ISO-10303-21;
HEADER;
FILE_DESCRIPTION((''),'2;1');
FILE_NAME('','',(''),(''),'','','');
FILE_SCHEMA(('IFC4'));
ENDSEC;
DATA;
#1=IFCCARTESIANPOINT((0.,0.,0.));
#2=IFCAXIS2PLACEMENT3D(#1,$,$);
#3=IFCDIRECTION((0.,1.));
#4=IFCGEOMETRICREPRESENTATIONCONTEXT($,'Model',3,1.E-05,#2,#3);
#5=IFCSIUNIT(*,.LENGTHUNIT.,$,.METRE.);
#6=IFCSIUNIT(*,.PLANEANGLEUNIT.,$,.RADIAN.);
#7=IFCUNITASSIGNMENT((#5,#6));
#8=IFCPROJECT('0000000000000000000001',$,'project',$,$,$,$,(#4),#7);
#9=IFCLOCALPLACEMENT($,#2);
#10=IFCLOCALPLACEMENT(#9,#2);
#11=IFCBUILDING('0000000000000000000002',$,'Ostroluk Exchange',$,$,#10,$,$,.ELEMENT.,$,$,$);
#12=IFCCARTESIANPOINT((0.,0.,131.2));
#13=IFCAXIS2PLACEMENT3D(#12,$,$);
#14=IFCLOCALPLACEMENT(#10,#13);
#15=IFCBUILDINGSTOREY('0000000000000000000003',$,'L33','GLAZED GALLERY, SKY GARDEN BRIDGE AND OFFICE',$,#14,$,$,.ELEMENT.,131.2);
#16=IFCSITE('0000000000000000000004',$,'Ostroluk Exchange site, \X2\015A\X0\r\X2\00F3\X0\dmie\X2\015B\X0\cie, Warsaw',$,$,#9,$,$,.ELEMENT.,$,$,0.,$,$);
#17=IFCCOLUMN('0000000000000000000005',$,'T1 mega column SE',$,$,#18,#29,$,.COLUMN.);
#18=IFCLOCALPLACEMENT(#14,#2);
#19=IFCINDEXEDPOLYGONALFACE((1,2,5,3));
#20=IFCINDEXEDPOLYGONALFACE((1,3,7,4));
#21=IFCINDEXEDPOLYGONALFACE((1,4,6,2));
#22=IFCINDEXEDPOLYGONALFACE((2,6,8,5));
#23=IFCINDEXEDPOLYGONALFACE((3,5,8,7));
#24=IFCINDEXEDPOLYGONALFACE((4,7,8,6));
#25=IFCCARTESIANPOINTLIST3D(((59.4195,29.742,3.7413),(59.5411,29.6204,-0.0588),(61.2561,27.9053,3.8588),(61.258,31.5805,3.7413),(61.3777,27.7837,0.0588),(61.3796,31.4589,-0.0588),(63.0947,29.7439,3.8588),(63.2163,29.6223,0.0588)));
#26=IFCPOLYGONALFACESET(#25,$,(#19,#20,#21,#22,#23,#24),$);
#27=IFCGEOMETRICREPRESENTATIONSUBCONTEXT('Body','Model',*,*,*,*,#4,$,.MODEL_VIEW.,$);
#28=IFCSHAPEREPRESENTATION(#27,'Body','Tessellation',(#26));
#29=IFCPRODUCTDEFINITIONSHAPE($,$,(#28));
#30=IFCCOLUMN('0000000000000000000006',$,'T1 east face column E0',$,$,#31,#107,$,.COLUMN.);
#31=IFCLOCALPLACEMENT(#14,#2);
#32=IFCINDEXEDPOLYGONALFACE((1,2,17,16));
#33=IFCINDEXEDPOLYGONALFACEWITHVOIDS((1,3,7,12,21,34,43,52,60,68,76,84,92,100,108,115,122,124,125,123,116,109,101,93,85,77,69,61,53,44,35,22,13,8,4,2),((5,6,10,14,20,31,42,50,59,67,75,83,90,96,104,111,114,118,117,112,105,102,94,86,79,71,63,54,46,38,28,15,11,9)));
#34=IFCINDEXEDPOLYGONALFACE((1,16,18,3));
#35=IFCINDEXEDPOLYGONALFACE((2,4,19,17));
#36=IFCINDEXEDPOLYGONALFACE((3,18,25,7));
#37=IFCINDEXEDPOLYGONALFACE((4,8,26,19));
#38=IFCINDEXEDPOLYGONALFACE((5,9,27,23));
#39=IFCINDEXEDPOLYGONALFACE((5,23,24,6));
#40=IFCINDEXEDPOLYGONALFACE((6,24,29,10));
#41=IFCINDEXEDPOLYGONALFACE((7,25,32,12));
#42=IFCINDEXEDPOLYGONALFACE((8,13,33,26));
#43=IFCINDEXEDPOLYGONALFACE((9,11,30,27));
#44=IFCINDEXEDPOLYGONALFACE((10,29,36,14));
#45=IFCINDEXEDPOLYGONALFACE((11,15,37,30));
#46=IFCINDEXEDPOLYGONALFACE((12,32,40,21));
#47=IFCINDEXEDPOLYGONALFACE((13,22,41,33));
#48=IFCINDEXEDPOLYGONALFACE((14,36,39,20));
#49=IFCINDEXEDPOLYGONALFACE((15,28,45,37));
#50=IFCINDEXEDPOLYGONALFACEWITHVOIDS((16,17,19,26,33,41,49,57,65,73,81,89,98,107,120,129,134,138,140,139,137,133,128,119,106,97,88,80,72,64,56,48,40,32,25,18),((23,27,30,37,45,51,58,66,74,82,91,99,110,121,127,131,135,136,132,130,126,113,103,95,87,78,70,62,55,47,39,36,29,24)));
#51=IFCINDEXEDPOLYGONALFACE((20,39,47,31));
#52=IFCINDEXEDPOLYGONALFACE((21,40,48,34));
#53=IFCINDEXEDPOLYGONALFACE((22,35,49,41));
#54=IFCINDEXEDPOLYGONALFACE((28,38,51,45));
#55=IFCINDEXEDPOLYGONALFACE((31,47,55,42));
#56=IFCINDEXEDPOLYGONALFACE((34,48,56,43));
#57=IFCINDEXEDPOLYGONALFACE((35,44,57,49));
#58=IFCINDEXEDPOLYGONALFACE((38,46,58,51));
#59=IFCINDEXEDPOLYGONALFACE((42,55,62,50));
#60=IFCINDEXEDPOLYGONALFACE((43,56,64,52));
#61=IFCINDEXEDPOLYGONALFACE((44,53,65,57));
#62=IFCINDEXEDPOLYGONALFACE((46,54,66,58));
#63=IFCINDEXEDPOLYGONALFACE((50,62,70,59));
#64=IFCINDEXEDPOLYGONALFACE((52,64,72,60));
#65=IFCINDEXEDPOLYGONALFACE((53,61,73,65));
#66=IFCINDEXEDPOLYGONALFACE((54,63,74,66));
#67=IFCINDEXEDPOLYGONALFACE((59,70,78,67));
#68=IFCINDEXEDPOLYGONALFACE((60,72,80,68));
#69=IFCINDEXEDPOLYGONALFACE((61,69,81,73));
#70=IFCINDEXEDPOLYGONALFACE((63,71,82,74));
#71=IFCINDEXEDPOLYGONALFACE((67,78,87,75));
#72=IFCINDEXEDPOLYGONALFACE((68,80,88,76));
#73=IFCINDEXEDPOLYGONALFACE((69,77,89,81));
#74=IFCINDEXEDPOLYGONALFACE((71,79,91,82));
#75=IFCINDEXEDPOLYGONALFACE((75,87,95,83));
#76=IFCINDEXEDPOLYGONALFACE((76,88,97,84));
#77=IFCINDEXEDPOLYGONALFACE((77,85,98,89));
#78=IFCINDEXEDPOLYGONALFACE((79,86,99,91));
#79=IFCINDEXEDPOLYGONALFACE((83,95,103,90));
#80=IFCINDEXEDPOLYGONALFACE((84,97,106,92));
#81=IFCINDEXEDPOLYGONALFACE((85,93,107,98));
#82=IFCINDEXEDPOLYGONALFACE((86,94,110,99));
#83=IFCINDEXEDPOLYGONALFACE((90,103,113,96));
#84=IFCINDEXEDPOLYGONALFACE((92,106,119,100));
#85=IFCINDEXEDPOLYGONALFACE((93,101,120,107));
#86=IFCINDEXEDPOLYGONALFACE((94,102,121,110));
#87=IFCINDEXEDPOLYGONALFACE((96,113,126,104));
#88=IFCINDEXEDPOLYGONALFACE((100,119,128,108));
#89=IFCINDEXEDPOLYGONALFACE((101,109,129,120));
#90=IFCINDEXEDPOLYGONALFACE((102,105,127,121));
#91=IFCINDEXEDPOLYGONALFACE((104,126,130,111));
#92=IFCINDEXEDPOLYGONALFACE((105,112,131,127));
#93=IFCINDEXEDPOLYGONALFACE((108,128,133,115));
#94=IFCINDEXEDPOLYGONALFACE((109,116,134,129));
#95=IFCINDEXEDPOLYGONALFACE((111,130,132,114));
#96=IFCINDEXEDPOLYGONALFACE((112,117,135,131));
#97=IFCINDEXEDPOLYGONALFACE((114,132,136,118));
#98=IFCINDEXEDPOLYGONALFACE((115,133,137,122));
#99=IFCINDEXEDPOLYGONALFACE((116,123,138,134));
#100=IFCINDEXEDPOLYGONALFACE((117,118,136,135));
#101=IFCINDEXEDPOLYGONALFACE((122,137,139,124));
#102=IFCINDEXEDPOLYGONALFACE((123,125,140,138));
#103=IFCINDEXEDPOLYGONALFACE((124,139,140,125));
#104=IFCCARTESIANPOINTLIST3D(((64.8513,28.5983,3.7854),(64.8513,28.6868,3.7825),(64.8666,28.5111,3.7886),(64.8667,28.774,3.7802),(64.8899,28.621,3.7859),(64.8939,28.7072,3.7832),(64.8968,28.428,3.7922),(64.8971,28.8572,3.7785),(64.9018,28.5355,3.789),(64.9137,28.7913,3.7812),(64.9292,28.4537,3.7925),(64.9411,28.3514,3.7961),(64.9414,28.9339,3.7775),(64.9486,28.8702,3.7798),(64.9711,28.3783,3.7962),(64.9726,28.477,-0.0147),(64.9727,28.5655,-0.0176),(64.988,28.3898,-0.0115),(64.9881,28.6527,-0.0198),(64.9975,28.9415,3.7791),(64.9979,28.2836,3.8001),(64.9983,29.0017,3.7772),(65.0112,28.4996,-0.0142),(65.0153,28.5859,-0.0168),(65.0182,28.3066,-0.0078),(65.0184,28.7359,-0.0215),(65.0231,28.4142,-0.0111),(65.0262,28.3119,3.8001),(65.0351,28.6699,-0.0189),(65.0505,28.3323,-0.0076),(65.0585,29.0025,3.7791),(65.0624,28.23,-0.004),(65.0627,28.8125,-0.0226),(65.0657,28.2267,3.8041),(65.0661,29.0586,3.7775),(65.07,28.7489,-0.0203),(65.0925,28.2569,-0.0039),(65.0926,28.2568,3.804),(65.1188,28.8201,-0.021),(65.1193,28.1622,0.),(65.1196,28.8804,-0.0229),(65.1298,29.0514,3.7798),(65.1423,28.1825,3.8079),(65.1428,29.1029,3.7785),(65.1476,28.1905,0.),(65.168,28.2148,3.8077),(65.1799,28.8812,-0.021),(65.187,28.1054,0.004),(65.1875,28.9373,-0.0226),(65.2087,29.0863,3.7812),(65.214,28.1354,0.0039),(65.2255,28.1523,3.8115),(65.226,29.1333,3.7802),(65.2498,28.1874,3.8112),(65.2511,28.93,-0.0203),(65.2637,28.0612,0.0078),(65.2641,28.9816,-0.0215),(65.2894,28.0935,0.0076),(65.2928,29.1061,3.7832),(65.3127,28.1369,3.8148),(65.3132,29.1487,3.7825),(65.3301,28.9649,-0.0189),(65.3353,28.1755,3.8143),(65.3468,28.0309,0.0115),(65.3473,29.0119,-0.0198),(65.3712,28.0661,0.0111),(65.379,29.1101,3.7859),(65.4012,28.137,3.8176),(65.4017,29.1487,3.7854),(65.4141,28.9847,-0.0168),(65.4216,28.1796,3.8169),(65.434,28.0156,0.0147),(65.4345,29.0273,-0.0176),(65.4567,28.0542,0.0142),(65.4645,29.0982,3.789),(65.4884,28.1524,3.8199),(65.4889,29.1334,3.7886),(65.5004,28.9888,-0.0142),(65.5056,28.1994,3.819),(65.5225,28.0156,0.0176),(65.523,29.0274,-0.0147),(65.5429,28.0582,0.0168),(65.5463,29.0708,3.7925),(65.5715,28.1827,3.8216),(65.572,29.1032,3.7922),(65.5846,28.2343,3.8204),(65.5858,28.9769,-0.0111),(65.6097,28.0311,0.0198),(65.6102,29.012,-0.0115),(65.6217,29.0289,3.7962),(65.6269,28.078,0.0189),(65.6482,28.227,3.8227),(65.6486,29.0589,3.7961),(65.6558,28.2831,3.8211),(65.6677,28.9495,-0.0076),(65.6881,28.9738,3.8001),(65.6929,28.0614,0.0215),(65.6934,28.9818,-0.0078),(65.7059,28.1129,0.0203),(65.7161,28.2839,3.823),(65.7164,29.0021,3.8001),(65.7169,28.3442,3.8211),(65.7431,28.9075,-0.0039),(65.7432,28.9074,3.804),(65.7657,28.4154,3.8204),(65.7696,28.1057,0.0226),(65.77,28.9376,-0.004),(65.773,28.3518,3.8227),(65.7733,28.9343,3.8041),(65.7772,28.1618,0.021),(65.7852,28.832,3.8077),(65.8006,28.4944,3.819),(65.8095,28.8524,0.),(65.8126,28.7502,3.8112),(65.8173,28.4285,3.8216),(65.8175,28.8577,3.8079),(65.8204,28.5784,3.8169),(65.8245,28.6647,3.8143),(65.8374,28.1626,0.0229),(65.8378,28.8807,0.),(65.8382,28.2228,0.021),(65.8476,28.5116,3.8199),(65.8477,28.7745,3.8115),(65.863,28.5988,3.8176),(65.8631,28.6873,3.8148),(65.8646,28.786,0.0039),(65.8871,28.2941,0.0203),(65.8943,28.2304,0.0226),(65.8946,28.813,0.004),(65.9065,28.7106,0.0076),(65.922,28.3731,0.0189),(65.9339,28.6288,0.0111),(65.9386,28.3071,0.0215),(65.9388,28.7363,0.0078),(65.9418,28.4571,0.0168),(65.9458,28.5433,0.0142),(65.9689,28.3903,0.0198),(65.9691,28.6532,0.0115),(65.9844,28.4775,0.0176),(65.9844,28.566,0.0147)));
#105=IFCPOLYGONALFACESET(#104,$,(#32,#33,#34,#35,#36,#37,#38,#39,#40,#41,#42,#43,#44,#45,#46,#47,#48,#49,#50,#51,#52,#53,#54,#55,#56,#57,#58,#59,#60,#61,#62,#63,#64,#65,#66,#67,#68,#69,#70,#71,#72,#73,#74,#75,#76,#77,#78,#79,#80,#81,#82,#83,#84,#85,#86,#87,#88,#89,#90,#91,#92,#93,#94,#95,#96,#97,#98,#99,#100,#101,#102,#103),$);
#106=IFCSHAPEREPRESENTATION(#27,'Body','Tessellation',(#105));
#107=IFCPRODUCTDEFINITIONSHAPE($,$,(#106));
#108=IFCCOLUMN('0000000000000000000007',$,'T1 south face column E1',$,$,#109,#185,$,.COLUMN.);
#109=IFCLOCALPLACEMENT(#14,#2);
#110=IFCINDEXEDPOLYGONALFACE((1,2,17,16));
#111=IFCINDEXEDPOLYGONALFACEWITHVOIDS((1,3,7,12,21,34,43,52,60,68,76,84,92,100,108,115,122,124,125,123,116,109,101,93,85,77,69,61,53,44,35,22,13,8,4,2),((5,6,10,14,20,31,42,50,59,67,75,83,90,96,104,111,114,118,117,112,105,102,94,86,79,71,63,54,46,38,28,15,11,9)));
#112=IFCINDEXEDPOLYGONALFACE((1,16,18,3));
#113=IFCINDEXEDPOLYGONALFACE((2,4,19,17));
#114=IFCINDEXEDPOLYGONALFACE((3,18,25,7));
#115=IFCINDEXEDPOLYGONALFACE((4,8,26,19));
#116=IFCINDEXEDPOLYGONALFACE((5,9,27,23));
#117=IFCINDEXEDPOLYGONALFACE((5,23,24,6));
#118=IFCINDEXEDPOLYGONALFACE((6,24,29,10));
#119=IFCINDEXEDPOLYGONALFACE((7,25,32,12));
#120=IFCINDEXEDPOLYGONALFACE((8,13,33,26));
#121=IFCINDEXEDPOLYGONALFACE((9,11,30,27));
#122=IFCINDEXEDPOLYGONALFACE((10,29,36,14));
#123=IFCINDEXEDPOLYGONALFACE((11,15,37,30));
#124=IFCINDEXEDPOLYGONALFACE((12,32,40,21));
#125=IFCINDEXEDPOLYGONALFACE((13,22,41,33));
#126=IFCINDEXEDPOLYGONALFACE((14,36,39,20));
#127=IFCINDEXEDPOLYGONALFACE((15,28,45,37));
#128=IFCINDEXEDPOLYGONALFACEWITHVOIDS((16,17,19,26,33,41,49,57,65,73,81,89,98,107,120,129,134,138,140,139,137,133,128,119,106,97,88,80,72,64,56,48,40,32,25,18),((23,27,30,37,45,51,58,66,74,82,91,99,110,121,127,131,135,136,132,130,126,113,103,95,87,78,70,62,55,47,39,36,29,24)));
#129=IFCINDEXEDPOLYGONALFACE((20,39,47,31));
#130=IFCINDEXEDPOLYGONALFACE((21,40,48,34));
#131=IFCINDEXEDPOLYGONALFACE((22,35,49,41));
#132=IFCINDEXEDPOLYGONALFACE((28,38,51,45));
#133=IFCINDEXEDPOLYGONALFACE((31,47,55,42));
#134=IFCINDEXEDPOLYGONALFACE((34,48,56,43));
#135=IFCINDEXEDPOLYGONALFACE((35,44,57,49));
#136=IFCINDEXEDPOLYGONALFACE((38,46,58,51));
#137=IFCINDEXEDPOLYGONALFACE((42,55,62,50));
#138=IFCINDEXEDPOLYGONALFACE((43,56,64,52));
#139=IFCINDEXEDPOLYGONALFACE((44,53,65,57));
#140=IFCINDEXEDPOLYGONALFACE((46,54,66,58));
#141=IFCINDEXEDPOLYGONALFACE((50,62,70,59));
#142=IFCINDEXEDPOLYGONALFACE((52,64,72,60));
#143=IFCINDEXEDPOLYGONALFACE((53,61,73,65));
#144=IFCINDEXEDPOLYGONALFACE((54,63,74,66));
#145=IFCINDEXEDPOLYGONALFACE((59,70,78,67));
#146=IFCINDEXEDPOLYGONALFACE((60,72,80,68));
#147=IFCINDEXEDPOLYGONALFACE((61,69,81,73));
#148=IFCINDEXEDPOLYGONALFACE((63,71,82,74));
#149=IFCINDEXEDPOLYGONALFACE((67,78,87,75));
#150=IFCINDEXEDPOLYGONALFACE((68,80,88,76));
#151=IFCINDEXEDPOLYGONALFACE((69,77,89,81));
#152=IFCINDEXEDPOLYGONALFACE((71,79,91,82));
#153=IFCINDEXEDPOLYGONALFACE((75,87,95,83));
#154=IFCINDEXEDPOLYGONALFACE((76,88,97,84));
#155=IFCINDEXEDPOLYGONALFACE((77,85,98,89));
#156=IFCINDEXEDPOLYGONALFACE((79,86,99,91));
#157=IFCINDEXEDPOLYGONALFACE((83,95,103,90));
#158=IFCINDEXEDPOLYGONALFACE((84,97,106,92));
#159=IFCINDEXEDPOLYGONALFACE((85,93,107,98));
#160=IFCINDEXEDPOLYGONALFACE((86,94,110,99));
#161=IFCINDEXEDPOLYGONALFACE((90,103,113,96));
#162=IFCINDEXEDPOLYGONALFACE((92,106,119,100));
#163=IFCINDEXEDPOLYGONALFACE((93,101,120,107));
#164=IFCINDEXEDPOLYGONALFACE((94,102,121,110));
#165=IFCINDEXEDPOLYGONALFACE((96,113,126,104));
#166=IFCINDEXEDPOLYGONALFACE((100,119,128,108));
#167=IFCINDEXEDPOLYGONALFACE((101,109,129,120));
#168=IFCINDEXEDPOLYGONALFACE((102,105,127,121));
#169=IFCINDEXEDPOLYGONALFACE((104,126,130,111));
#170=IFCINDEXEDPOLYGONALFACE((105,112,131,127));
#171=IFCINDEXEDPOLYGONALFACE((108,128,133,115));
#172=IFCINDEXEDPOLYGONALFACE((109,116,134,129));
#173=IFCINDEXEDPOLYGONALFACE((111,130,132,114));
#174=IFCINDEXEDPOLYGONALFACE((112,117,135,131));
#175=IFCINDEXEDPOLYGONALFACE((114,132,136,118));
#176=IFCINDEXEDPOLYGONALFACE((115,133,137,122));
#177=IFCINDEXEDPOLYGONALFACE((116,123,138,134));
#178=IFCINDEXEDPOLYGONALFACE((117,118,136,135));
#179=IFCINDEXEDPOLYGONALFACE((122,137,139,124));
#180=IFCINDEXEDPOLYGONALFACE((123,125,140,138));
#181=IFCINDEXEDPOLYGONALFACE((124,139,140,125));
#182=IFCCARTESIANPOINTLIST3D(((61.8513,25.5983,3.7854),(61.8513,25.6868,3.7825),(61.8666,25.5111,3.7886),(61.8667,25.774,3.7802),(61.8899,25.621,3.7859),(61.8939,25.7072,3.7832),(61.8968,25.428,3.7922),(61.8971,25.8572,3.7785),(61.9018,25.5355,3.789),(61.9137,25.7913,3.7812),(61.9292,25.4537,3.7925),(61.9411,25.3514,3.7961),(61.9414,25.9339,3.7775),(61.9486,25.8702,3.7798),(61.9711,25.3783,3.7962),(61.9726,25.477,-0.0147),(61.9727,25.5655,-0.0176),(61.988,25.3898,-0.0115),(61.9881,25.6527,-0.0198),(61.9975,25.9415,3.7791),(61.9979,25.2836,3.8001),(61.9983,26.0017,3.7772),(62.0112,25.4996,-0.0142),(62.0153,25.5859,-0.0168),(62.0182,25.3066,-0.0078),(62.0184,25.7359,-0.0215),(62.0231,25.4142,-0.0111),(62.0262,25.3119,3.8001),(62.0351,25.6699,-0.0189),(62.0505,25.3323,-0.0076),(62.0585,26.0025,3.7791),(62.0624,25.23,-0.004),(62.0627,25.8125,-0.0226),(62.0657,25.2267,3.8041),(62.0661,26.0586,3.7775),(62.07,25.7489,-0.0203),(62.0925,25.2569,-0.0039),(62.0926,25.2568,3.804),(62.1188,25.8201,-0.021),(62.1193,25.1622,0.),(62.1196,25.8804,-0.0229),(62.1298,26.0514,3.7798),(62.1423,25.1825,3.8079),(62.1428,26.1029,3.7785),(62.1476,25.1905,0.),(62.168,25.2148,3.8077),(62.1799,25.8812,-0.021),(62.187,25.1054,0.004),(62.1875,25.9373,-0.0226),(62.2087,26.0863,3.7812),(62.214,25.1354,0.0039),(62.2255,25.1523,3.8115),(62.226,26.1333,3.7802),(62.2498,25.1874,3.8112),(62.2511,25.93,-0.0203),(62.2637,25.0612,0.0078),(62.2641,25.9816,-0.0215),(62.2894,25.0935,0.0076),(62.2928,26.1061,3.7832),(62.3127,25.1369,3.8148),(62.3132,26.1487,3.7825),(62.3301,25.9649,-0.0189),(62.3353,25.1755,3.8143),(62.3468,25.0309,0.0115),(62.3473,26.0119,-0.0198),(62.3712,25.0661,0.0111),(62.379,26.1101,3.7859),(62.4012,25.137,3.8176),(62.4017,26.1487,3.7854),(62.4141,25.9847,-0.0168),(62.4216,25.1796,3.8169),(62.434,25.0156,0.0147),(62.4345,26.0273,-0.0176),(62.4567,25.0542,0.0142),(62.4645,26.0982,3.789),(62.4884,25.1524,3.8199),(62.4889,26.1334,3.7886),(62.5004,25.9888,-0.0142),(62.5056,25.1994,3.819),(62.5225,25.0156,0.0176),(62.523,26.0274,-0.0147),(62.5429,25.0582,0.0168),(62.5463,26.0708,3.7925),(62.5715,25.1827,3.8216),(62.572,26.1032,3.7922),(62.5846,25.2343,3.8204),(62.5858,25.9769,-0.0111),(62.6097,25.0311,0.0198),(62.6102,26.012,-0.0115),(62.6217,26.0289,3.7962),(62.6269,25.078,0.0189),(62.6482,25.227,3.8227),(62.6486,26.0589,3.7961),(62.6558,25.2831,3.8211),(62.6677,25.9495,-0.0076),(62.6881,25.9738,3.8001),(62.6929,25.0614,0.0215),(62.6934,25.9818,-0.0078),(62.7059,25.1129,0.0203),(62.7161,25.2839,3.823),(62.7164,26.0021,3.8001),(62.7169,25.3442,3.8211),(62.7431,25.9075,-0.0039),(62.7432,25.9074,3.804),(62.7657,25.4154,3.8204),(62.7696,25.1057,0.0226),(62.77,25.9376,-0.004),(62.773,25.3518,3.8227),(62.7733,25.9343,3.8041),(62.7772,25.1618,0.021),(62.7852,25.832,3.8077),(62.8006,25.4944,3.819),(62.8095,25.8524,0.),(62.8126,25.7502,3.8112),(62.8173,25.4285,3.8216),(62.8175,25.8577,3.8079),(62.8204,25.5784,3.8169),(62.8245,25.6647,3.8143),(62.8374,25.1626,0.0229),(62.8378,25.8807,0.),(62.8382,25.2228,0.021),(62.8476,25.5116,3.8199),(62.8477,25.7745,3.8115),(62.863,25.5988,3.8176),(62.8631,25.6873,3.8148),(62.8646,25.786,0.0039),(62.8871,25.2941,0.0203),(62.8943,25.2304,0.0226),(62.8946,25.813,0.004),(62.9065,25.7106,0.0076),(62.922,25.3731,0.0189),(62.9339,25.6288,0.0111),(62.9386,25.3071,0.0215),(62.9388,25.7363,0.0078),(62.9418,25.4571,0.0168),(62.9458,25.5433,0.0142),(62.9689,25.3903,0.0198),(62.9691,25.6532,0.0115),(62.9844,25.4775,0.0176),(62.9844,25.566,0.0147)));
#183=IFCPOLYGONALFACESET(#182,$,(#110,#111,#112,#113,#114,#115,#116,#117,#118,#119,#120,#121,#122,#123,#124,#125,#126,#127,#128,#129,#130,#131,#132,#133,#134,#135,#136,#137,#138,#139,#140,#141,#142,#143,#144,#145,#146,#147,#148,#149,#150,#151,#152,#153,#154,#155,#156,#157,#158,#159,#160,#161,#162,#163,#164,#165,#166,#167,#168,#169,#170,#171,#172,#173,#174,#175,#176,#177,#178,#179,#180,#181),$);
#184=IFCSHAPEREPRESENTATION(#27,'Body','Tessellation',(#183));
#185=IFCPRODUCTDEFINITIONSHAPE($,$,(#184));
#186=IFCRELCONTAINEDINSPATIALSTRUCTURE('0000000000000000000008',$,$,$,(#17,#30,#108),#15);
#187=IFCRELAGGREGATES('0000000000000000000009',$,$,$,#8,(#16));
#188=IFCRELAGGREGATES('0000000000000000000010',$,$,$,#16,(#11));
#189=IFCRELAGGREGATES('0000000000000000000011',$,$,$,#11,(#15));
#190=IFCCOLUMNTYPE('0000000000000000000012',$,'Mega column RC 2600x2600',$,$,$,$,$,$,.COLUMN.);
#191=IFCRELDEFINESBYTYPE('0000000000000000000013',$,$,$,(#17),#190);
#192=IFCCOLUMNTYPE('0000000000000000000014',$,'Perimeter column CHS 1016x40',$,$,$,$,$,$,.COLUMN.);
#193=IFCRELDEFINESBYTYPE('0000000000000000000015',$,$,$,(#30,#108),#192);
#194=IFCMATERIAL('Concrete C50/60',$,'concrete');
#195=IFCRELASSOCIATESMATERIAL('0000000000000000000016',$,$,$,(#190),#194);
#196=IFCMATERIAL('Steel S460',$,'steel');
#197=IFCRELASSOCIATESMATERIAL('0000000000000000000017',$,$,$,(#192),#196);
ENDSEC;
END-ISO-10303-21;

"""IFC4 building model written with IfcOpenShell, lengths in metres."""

from ifc_helpers import new_model, si_unit, direction, frame, origin, origin_2d, place, context, subcontext, project, spatial, rectangle, hollow_circle, extrude, material, material_profile, profile_set, type_object, element, save


model = new_model("IFC4")

# Units and contexts
model_context = context("Model", 3, precision=1e-05, world=origin(), true_north=direction((0.0, 1.0)))
body_context = subcontext(model_context, "Body", "Model", "MODEL_VIEW")
ifc_project = project(units=[si_unit("LENGTHUNIT", "METRE"), si_unit("PLANEANGLEUNIT", "RADIAN")], contexts=[model_context])

# Site, building, storey
site_placement = place(None, origin())
site = spatial("IfcSite", under=ifc_project, at=site_placement, Name="Ostroluk Exchange site, Śródmieście, Warsaw", CompositionType="ELEMENT", RefElevation=0.0)
building_placement = place(site_placement, origin())
building = spatial("IfcBuilding", under=site, at=building_placement, Name="Ostroluk Exchange", CompositionType="ELEMENT")
storey_placement = place(building_placement, frame((0.0, 0.0, 131.2)))
storey = spatial("IfcBuildingStorey", under=building, at=storey_placement, Name="L33", Description="GLAZED GALLERY, SKY GARDEN BRIDGE AND OFFICE", CompositionType="ELEMENT", Elevation=131.2)

# Columns
ifc_material_1 = material(Name="Concrete C50/60", Category="concrete")
ifc_material_profile_1 = material_profile(ifc_material_1, rectangle(XDim=2.6001, YDim=2.6001, at=origin_2d()), Name="RC 2600x2600")
ifc_profile_set_1 = profile_set([ifc_material_profile_1], Name="Concrete C50/60")
column_type_1 = type_object("IfcColumnType", Name="Mega column RC 2600x2600", PredefinedType="COLUMN", material=ifc_profile_set_1)
column_placement = place(storey_placement, frame((61.3787, 29.6213, 0.0), z_axis=(-0.031962, 0.031962, 0.998978), x_axis=(-0.707107, -0.707107, 0.0)))
element("IfcColumn", 1, at=column_placement, inside=storey, type_object=column_type_1, Name="T1 mega column SE", PredefinedType="COLUMN", context=body_context, shape_type="SweptSolid", body=[
    extrude(rectangle(XDim=2.6001, YDim=2.6001, at=origin_2d()), origin(), (0.0, 0.0, 1.0), 3.804),
])
ifc_material_2 = material(Name="Steel S460", Category="steel")
ifc_material_profile_2 = material_profile(ifc_material_2, hollow_circle(Radius=0.5081, WallThickness=0.04, at=origin_2d()), Name="CHS 1016x40")
ifc_profile_set_2 = profile_set([ifc_material_profile_2], Name="Steel S460")
column_type_2 = type_object("IfcColumnType", Name="Perimeter column CHS 1016x40", PredefinedType="COLUMN", material=ifc_profile_set_2)
for number, where, z_axis, x_axis, name in (
    (2, (65.4785, 28.5215, 0.0), (-0.031898, 0.031898, 0.998982), (-0.707107, -0.707107, 0.0), "T1 east face column E0"),
    (3, (62.4785, 25.5215, 0.0), (-0.031898, 0.031898, 0.998982), (-0.707107, -0.707107, 0.0), "T1 south face column E1"),
):
    element("IfcColumn", number, at=place(storey_placement, frame(where, z_axis=z_axis, x_axis=x_axis)), inside=storey, type_object=column_type_2, Name=name, PredefinedType="COLUMN", context=body_context, shape_type="SweptSolid", body=[
        extrude(hollow_circle(Radius=0.5081, WallThickness=0.04, at=origin_2d()), origin(), (0.0, 0.0, 1.0), 3.804),
    ])

save(model, "model.ifc")
